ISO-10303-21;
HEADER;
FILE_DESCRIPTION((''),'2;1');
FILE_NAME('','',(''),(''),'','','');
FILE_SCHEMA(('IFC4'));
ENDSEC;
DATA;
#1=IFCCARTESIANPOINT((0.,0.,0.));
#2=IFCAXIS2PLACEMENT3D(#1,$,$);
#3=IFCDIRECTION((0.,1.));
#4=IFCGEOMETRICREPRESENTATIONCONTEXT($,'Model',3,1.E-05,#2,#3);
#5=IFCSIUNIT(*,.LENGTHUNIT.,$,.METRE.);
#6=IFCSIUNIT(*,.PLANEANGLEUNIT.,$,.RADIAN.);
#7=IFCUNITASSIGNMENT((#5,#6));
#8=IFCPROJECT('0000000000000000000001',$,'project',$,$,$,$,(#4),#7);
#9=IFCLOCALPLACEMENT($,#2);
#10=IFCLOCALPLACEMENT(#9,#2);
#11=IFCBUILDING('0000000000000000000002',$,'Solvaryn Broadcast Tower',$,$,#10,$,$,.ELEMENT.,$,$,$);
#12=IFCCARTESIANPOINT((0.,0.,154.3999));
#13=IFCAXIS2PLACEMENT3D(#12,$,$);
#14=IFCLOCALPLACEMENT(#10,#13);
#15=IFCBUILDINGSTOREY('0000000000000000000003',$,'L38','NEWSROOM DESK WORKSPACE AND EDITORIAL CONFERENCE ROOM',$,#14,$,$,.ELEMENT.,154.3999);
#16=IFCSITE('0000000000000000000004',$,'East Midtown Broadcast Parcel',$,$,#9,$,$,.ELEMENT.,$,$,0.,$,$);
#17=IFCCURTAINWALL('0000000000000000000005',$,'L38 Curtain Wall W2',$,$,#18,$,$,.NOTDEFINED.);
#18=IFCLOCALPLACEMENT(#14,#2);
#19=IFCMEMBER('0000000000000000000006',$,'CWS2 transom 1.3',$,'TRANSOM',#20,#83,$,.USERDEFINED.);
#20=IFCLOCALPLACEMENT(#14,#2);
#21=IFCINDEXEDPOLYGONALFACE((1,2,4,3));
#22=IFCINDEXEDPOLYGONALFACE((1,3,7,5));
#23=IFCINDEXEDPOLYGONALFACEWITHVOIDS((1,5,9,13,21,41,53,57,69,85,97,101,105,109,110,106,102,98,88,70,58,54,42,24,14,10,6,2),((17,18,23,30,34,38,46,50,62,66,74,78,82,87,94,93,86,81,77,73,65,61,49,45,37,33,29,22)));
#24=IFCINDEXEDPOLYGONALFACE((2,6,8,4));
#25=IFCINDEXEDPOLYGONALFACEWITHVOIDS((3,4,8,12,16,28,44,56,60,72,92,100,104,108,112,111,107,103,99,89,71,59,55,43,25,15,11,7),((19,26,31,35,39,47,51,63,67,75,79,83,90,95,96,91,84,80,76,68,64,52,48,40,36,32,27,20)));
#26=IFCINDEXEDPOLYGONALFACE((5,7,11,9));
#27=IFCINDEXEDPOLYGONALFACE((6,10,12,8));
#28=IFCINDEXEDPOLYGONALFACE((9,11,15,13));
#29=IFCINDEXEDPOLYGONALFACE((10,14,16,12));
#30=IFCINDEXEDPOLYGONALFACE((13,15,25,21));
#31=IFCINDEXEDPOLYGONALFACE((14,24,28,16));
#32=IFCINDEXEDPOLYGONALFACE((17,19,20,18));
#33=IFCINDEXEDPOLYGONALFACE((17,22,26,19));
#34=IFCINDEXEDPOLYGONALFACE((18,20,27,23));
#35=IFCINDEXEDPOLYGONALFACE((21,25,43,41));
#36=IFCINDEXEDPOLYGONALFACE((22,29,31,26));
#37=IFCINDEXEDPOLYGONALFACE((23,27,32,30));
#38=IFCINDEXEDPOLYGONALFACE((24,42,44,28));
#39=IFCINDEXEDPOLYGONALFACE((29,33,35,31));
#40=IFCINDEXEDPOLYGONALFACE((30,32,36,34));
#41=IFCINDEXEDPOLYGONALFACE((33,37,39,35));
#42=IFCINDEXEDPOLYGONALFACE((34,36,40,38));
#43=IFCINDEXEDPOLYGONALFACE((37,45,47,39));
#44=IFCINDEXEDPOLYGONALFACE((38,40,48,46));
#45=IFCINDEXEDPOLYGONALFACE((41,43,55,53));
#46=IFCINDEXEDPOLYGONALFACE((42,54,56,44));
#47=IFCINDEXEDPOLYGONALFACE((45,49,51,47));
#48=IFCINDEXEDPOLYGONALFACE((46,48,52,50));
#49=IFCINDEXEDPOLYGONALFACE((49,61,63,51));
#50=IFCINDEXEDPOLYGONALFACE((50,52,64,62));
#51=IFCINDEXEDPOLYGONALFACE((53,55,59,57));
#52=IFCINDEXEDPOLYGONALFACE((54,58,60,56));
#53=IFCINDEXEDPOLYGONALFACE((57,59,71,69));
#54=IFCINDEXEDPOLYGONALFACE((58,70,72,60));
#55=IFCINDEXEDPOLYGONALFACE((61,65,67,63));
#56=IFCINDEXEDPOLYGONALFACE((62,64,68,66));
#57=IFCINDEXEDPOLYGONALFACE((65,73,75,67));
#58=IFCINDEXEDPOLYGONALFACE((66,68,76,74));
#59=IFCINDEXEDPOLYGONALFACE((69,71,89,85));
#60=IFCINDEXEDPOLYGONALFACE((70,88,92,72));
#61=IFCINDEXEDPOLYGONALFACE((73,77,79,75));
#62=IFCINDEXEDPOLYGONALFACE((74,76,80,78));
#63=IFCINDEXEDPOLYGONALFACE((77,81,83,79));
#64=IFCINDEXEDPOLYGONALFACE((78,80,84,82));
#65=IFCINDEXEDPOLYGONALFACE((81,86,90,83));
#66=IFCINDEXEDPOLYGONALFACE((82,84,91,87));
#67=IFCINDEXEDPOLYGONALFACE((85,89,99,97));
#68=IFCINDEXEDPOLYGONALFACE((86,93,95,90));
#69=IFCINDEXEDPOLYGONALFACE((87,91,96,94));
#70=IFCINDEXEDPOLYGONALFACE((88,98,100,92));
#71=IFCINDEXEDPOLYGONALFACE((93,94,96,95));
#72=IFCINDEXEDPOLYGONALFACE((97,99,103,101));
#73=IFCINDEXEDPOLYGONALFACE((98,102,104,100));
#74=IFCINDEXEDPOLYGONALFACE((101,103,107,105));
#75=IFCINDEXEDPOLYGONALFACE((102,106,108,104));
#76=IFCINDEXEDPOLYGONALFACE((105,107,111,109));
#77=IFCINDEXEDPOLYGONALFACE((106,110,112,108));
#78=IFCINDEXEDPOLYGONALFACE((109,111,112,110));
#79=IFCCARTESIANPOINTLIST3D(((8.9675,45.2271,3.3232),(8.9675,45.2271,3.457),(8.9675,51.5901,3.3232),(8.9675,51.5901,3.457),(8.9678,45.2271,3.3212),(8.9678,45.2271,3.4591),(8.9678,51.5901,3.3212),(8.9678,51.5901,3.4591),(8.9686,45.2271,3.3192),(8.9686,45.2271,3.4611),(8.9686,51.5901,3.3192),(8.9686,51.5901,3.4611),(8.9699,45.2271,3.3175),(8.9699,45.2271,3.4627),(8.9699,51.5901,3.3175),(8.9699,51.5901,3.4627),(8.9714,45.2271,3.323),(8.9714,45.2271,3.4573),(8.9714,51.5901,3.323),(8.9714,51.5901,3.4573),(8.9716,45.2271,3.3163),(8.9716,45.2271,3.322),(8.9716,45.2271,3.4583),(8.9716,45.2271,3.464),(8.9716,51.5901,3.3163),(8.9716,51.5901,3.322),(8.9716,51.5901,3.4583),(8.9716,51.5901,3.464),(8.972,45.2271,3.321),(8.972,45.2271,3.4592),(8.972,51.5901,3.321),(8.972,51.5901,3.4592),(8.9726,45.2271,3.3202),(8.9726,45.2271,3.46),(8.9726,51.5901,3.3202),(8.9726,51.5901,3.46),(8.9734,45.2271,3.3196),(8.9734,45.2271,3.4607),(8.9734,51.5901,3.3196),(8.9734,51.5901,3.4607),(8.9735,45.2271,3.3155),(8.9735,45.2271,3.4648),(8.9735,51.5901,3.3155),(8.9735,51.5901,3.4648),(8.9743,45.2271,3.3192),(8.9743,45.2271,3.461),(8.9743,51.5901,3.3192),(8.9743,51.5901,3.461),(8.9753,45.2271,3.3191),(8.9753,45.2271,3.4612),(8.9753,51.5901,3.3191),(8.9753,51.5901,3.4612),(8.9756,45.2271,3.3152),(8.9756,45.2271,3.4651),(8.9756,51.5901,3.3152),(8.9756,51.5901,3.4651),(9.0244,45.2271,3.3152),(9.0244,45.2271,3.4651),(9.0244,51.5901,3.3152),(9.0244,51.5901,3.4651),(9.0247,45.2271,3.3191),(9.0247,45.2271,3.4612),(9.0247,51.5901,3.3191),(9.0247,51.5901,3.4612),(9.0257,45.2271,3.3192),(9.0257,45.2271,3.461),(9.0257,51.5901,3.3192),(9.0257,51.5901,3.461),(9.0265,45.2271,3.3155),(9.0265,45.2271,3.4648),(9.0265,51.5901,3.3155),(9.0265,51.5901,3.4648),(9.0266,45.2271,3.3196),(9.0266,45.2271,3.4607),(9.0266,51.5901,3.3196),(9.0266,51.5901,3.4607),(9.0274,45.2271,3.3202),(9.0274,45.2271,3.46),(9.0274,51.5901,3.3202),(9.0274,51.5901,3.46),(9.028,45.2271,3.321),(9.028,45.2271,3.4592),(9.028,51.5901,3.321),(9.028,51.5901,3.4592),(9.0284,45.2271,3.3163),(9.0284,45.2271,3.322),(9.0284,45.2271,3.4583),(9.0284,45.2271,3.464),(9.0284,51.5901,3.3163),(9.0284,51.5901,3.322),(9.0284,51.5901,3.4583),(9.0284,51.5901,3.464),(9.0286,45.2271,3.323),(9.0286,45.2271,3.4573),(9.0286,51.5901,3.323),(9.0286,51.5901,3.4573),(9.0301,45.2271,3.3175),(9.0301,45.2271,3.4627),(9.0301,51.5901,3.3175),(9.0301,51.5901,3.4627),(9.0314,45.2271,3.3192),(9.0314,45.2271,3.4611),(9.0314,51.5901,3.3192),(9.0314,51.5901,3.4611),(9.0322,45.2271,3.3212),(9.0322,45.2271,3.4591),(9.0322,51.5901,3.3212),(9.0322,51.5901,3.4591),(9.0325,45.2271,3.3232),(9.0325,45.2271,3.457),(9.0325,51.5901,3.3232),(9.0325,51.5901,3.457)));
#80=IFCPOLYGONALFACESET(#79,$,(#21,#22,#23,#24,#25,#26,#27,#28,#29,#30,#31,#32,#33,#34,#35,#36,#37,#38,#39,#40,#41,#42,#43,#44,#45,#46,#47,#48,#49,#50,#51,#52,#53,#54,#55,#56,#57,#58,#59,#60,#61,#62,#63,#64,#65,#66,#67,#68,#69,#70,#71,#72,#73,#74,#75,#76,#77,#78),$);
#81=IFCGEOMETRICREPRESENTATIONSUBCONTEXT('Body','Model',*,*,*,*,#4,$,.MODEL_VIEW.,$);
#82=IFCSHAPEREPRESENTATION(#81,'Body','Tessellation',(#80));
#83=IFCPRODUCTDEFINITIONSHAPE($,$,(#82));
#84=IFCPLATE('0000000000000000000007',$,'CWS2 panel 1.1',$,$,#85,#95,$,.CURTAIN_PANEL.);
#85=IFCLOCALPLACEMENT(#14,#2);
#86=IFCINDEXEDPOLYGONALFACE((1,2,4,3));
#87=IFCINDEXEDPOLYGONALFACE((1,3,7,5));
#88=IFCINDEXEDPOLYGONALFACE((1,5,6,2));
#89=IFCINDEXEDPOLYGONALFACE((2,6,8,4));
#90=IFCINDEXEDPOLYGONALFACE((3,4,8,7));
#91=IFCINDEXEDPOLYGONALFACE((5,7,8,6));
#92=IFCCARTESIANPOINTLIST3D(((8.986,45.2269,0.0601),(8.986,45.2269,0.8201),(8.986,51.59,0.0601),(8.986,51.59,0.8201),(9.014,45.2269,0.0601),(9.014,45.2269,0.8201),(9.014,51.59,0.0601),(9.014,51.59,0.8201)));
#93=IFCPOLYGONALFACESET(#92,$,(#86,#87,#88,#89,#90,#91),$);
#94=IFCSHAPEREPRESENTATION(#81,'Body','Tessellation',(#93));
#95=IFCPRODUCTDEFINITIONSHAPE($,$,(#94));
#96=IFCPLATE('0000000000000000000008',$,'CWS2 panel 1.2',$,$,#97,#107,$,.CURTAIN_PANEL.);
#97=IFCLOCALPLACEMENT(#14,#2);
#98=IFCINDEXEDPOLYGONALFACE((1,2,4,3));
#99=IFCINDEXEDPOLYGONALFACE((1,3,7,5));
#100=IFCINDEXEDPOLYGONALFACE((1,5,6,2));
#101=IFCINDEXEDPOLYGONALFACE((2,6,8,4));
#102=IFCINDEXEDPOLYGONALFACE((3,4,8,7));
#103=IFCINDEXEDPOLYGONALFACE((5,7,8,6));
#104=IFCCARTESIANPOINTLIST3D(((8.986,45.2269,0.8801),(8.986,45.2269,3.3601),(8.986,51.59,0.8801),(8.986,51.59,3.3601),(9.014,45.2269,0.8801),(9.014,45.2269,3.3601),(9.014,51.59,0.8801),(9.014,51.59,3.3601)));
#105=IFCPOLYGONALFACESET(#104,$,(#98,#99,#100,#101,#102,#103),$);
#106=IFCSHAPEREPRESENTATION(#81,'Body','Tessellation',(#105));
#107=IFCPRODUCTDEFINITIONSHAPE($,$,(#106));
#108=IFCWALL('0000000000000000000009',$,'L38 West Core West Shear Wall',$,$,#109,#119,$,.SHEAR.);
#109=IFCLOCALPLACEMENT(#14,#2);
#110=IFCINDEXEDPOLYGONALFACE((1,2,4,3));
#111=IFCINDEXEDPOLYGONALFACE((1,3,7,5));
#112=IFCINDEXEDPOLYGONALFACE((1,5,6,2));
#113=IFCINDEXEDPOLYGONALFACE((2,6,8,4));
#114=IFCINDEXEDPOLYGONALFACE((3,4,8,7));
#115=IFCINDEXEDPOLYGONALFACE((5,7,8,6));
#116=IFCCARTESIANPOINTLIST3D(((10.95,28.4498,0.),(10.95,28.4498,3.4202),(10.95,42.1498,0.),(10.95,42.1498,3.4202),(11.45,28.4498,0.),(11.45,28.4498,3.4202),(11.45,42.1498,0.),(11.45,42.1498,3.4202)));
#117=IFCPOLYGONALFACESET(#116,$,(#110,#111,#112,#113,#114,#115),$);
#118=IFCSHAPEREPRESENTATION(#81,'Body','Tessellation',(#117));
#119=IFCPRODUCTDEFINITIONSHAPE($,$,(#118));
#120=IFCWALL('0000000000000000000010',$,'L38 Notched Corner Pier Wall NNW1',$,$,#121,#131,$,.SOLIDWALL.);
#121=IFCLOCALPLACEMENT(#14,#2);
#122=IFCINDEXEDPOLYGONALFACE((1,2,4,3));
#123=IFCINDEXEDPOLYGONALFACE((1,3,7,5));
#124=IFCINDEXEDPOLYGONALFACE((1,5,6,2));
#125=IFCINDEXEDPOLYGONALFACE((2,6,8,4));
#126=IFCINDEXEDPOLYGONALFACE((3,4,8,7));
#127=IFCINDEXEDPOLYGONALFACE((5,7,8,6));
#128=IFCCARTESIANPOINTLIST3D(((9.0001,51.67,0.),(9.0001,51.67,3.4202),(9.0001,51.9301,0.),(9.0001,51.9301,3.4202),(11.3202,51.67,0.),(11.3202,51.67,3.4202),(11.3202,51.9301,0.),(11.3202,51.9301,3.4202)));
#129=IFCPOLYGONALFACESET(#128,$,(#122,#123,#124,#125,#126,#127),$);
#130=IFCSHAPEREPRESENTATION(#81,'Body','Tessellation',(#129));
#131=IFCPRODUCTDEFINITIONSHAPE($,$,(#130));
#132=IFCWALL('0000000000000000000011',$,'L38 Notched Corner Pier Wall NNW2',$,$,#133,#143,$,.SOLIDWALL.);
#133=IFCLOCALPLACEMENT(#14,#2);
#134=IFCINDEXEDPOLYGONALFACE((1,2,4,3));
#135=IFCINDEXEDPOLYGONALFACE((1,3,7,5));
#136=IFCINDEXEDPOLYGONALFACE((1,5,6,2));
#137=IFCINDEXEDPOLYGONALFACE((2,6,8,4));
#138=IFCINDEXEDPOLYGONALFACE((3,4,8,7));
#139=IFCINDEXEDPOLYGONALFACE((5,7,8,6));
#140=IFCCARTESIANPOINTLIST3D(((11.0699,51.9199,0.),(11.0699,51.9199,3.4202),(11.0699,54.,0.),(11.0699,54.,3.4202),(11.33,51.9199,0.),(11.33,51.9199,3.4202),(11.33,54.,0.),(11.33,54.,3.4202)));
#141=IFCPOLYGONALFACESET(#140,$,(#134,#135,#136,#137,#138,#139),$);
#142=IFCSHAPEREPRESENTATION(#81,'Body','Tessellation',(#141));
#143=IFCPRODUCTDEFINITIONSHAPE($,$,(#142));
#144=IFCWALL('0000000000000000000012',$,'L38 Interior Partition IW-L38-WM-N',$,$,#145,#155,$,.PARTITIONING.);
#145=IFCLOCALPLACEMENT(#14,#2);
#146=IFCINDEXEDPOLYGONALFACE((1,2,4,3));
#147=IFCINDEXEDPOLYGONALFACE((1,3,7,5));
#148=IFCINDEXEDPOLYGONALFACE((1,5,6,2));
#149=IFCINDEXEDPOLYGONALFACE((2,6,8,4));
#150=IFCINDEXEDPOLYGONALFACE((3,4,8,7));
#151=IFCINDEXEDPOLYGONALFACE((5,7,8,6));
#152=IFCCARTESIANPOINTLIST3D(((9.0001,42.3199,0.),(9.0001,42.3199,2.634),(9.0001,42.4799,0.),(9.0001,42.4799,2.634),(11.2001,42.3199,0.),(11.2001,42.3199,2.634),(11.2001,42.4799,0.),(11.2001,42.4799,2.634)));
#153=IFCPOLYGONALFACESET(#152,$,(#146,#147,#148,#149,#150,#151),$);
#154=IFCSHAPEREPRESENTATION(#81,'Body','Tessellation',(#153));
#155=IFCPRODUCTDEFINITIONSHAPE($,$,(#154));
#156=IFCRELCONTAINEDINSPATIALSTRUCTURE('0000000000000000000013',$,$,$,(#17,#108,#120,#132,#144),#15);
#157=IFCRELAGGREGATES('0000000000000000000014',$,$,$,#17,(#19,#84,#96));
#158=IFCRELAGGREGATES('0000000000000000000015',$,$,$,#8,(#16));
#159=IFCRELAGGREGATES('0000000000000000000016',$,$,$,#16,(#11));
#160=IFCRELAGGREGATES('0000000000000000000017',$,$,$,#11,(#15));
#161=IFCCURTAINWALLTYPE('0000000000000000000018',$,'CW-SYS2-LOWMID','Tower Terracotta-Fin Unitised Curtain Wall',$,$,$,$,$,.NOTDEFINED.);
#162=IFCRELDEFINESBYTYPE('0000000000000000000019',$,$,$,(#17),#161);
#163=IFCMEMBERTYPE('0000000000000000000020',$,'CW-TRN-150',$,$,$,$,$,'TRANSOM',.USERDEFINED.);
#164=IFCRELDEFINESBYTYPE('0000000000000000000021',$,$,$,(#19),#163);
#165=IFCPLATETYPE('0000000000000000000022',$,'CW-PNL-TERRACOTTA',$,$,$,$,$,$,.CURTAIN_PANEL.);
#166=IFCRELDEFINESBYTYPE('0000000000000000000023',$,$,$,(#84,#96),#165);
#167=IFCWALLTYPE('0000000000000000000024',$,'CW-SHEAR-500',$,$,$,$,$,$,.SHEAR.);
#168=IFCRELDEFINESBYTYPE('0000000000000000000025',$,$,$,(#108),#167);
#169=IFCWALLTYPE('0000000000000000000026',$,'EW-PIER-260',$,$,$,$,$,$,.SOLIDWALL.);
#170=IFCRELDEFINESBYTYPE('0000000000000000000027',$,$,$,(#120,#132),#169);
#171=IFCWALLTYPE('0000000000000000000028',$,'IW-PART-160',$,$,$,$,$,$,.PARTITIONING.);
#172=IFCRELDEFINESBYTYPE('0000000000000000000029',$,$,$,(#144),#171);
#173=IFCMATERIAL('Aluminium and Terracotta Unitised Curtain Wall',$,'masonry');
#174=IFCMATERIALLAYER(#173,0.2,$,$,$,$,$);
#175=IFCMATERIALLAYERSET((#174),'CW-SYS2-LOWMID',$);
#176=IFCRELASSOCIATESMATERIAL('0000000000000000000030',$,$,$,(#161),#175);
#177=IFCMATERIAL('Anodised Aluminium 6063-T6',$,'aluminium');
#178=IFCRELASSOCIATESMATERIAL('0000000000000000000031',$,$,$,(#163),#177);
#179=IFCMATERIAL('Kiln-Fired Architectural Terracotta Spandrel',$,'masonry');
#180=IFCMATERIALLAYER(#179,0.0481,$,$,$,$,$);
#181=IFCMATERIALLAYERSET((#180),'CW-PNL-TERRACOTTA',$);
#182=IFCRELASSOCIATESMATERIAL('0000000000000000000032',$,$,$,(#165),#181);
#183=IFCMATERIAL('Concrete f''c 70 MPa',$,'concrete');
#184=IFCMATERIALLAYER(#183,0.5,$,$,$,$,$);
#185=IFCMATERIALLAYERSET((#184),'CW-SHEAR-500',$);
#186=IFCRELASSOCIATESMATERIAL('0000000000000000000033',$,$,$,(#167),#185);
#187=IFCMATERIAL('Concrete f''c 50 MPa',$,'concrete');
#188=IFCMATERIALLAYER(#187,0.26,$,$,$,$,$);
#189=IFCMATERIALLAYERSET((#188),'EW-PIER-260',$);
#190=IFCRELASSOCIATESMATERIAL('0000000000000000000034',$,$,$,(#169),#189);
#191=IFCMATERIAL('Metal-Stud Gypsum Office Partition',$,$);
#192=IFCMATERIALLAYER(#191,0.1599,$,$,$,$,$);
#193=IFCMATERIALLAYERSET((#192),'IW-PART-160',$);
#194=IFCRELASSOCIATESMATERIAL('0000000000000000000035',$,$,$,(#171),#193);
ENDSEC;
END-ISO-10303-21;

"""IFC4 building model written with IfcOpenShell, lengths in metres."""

from ifc_helpers import new_model, si_unit, direction, frame, frame_2d, origin, origin_2d, place, context, subcontext, project, spatial, rectangle, hollow_rectangle, extrude, material, layer, layer_set, material_profile, profile_set, type_object, element, aggregate, save


model = new_model("IFC4")

# Units and contexts
model_context = context("Model", 3, precision=1e-05, world=origin(), true_north=direction((0.0, 1.0)))
body_context = subcontext(model_context, "Body", "Model", "MODEL_VIEW")
ifc_project = project(units=[si_unit("LENGTHUNIT", "METRE"), si_unit("PLANEANGLEUNIT", "RADIAN")], contexts=[model_context])

# Site, building, storey
site_placement = place(None, origin())
site = spatial("IfcSite", under=ifc_project, at=site_placement, Name="East Midtown Broadcast Parcel", CompositionType="ELEMENT", RefElevation=0.0)
building_placement = place(site_placement, origin())
building = spatial("IfcBuilding", under=site, at=building_placement, Name="Solvaryn Broadcast Tower", CompositionType="ELEMENT")
storey_placement = place(building_placement, frame((0.0, 0.0, 154.3999)))
storey = spatial("IfcBuildingStorey", under=building, at=storey_placement, Name="L38", Description="NEWSROOM DESK WORKSPACE AND EDITORIAL CONFERENCE ROOM", CompositionType="ELEMENT", Elevation=154.3999)

# Shared definitions
ifc_material_1 = material(Name="Aluminium and Terracotta Unitised Curtain Wall", Category="masonry")
ifc_layer_1 = layer(ifc_material_1, 0.2)
ifc_layer_set_1 = layer_set([ifc_layer_1], Name="CW-SYS2-LOWMID")
curtain_wall_type = type_object("IfcCurtainWallType", Name="CW-SYS2-LOWMID", Description="Tower Terracotta-Fin Unitised Curtain Wall", PredefinedType="NOTDEFINED", material=ifc_layer_set_1)

# Curtain wall
curtain_wall_1_placement = place(storey_placement, origin())
curtain_wall_1 = element("IfcCurtainWall", 1, at=curtain_wall_1_placement, inside=storey, type_object=curtain_wall_type, Name="L38 Curtain Wall W2", PredefinedType="NOTDEFINED")

# Member
ifc_material_2 = material(Name="Anodised Aluminium 6063-T6", Category="aluminium")
ifc_material_profile_1 = material_profile(ifc_material_2, hollow_rectangle(XDim=0.0649, YDim=0.1499, WallThickness=0.0039, InnerFilletRadius=0.0039, OuterFilletRadius=0.0081, at=origin_2d()))
ifc_profile_set_1 = profile_set([ifc_material_profile_1], Name="Anodised Aluminium 6063-T6")
member_type_1 = type_object("IfcMemberType", Name="CW-TRN-150", ElementType="TRANSOM", PredefinedType="USERDEFINED", material=ifc_profile_set_1)
member_1_placement = place(storey_placement, frame((9.0, 45.2271, 3.3901), z_axis=(0.0, 1.0, 0.0), x_axis=(-1.0, 0.0, 0.0)))
member_1 = element("IfcMember", 2, at=member_1_placement, type_object=member_type_1, Name="CWS2 transom 1.3", ObjectType="TRANSOM", PredefinedType="USERDEFINED", context=body_context, shape_type="SweptSolid", body=[
    extrude(hollow_rectangle(XDim=0.0649, YDim=0.1499, WallThickness=0.0039, InnerFilletRadius=0.0039, OuterFilletRadius=0.0081, at=origin_2d()), origin(), (0.0, 0.0, 1.0), 6.363),
])

# Plates
ifc_material_3 = material(Name="Kiln-Fired Architectural Terracotta Spandrel", Category="masonry")
ifc_layer_2 = layer(ifc_material_3, 0.0481)
ifc_layer_set_2 = layer_set([ifc_layer_2], Name="CW-PNL-TERRACOTTA")
plate_type = type_object("IfcPlateType", Name="CW-PNL-TERRACOTTA", PredefinedType="CURTAIN_PANEL", material=ifc_layer_set_2)
plate_1_placement = place(storey_placement, frame((9.0, 48.4084, 0.0601), z_axis=(0.0, 0.0, 1.0), x_axis=(0.0, 1.0, 0.0)))
plate_1 = element("IfcPlate", 3, at=plate_1_placement, type_object=plate_type, Name="CWS2 panel 1.1", PredefinedType="CURTAIN_PANEL", context=body_context, shape_type="SweptSolid", body=[
    extrude(rectangle(XDim=6.363, YDim=0.0281, at=origin_2d()), origin(), (0.0, 0.0, 1.0), 0.76),
])
plate_2_placement = place(storey_placement, frame((9.0, 48.4084, 0.8801), z_axis=(0.0, 0.0, 1.0), x_axis=(0.0, 1.0, 0.0)))
plate_2 = element("IfcPlate", 4, at=plate_2_placement, type_object=plate_type, Name="CWS2 panel 1.2", PredefinedType="CURTAIN_PANEL", context=body_context, shape_type="SweptSolid", body=[
    extrude(rectangle(XDim=6.363, YDim=0.0281, at=origin_2d()), origin(), (0.0, 0.0, 1.0), 2.48),
])
aggregate(curtain_wall_1, [member_1, plate_1, plate_2])

# Walls
ifc_material_4 = material(Name="Concrete f'c 70 MPa", Category="concrete")
ifc_layer_3 = layer(ifc_material_4, 0.5)
ifc_layer_set_3 = layer_set([ifc_layer_3], Name="CW-SHEAR-500")
wall_type_1 = type_object("IfcWallType", Name="CW-SHEAR-500", PredefinedType="SHEAR", material=ifc_layer_set_3)
wall_1_placement = place(storey_placement, frame((11.2, 42.1499, 0.0), z_axis=(0.0, 0.0, 1.0), x_axis=(0.0, -1.0, 0.0)))
element("IfcWall", 5, at=wall_1_placement, inside=storey, type_object=wall_type_1, Name="L38 West Core West Shear Wall", PredefinedType="SHEAR", context=body_context, shape_type="SweptSolid", body=[
    extrude(rectangle(XDim=13.7, YDim=0.5, at=frame_2d((6.8501, 0.0))), origin(), (0.0, 0.0, 1.0), 3.4202),
])
ifc_material_5 = material(Name="Concrete f'c 50 MPa", Category="concrete")
ifc_layer_4 = layer(ifc_material_5, 0.26)
ifc_layer_set_4 = layer_set([ifc_layer_4], Name="EW-PIER-260")
wall_type_2 = type_object("IfcWallType", Name="EW-PIER-260", PredefinedType="SOLIDWALL", material=ifc_layer_set_4)
wall_2_placement = place(storey_placement, frame((9.0, 51.8, 0.0), z_axis=(0.0, 0.0, 1.0), x_axis=(1.0, 0.0, 0.0)))
element("IfcWall", 6, at=wall_2_placement, inside=storey, type_object=wall_type_2, Name="L38 Notched Corner Pier Wall NNW1", PredefinedType="SOLIDWALL", context=body_context, shape_type="SweptSolid", body=[
    extrude(rectangle(XDim=2.3201, YDim=0.26, at=frame_2d((1.1602, 0.0))), origin(), (0.0, 0.0, 1.0), 3.4202),
])
wall_3_placement = place(storey_placement, frame((11.2, 51.9199, 0.0), z_axis=(0.0, 0.0, 1.0), x_axis=(0.0, 1.0, 0.0)))
element("IfcWall", 7, at=wall_3_placement, inside=storey, type_object=wall_type_2, Name="L38 Notched Corner Pier Wall NNW2", PredefinedType="SOLIDWALL", context=body_context, shape_type="SweptSolid", body=[
    extrude(rectangle(XDim=2.0801, YDim=0.26, at=frame_2d((1.04, 0.0))), origin(), (0.0, 0.0, 1.0), 3.4202),
])
ifc_material_6 = material(Name="Metal-Stud Gypsum Office Partition")
ifc_layer_5 = layer(ifc_material_6, 0.1599)
ifc_layer_set_5 = layer_set([ifc_layer_5], Name="IW-PART-160")
wall_type_3 = type_object("IfcWallType", Name="IW-PART-160", PredefinedType="PARTITIONING", material=ifc_layer_set_5)
wall_4_placement = place(storey_placement, frame((9.0, 42.3999, 0.0), z_axis=(0.0, 0.0, 1.0), x_axis=(1.0, 0.0, 0.0)))
element("IfcWall", 8, at=wall_4_placement, inside=storey, type_object=wall_type_3, Name="L38 Interior Partition IW-L38-WM-N", PredefinedType="PARTITIONING", context=body_context, shape_type="SweptSolid", body=[
    extrude(rectangle(XDim=2.2, YDim=0.1599, at=frame_2d((1.1001, 0.0))), origin(), (0.0, 0.0, 1.0), 2.634),
])

save(model, "model.ifc")
